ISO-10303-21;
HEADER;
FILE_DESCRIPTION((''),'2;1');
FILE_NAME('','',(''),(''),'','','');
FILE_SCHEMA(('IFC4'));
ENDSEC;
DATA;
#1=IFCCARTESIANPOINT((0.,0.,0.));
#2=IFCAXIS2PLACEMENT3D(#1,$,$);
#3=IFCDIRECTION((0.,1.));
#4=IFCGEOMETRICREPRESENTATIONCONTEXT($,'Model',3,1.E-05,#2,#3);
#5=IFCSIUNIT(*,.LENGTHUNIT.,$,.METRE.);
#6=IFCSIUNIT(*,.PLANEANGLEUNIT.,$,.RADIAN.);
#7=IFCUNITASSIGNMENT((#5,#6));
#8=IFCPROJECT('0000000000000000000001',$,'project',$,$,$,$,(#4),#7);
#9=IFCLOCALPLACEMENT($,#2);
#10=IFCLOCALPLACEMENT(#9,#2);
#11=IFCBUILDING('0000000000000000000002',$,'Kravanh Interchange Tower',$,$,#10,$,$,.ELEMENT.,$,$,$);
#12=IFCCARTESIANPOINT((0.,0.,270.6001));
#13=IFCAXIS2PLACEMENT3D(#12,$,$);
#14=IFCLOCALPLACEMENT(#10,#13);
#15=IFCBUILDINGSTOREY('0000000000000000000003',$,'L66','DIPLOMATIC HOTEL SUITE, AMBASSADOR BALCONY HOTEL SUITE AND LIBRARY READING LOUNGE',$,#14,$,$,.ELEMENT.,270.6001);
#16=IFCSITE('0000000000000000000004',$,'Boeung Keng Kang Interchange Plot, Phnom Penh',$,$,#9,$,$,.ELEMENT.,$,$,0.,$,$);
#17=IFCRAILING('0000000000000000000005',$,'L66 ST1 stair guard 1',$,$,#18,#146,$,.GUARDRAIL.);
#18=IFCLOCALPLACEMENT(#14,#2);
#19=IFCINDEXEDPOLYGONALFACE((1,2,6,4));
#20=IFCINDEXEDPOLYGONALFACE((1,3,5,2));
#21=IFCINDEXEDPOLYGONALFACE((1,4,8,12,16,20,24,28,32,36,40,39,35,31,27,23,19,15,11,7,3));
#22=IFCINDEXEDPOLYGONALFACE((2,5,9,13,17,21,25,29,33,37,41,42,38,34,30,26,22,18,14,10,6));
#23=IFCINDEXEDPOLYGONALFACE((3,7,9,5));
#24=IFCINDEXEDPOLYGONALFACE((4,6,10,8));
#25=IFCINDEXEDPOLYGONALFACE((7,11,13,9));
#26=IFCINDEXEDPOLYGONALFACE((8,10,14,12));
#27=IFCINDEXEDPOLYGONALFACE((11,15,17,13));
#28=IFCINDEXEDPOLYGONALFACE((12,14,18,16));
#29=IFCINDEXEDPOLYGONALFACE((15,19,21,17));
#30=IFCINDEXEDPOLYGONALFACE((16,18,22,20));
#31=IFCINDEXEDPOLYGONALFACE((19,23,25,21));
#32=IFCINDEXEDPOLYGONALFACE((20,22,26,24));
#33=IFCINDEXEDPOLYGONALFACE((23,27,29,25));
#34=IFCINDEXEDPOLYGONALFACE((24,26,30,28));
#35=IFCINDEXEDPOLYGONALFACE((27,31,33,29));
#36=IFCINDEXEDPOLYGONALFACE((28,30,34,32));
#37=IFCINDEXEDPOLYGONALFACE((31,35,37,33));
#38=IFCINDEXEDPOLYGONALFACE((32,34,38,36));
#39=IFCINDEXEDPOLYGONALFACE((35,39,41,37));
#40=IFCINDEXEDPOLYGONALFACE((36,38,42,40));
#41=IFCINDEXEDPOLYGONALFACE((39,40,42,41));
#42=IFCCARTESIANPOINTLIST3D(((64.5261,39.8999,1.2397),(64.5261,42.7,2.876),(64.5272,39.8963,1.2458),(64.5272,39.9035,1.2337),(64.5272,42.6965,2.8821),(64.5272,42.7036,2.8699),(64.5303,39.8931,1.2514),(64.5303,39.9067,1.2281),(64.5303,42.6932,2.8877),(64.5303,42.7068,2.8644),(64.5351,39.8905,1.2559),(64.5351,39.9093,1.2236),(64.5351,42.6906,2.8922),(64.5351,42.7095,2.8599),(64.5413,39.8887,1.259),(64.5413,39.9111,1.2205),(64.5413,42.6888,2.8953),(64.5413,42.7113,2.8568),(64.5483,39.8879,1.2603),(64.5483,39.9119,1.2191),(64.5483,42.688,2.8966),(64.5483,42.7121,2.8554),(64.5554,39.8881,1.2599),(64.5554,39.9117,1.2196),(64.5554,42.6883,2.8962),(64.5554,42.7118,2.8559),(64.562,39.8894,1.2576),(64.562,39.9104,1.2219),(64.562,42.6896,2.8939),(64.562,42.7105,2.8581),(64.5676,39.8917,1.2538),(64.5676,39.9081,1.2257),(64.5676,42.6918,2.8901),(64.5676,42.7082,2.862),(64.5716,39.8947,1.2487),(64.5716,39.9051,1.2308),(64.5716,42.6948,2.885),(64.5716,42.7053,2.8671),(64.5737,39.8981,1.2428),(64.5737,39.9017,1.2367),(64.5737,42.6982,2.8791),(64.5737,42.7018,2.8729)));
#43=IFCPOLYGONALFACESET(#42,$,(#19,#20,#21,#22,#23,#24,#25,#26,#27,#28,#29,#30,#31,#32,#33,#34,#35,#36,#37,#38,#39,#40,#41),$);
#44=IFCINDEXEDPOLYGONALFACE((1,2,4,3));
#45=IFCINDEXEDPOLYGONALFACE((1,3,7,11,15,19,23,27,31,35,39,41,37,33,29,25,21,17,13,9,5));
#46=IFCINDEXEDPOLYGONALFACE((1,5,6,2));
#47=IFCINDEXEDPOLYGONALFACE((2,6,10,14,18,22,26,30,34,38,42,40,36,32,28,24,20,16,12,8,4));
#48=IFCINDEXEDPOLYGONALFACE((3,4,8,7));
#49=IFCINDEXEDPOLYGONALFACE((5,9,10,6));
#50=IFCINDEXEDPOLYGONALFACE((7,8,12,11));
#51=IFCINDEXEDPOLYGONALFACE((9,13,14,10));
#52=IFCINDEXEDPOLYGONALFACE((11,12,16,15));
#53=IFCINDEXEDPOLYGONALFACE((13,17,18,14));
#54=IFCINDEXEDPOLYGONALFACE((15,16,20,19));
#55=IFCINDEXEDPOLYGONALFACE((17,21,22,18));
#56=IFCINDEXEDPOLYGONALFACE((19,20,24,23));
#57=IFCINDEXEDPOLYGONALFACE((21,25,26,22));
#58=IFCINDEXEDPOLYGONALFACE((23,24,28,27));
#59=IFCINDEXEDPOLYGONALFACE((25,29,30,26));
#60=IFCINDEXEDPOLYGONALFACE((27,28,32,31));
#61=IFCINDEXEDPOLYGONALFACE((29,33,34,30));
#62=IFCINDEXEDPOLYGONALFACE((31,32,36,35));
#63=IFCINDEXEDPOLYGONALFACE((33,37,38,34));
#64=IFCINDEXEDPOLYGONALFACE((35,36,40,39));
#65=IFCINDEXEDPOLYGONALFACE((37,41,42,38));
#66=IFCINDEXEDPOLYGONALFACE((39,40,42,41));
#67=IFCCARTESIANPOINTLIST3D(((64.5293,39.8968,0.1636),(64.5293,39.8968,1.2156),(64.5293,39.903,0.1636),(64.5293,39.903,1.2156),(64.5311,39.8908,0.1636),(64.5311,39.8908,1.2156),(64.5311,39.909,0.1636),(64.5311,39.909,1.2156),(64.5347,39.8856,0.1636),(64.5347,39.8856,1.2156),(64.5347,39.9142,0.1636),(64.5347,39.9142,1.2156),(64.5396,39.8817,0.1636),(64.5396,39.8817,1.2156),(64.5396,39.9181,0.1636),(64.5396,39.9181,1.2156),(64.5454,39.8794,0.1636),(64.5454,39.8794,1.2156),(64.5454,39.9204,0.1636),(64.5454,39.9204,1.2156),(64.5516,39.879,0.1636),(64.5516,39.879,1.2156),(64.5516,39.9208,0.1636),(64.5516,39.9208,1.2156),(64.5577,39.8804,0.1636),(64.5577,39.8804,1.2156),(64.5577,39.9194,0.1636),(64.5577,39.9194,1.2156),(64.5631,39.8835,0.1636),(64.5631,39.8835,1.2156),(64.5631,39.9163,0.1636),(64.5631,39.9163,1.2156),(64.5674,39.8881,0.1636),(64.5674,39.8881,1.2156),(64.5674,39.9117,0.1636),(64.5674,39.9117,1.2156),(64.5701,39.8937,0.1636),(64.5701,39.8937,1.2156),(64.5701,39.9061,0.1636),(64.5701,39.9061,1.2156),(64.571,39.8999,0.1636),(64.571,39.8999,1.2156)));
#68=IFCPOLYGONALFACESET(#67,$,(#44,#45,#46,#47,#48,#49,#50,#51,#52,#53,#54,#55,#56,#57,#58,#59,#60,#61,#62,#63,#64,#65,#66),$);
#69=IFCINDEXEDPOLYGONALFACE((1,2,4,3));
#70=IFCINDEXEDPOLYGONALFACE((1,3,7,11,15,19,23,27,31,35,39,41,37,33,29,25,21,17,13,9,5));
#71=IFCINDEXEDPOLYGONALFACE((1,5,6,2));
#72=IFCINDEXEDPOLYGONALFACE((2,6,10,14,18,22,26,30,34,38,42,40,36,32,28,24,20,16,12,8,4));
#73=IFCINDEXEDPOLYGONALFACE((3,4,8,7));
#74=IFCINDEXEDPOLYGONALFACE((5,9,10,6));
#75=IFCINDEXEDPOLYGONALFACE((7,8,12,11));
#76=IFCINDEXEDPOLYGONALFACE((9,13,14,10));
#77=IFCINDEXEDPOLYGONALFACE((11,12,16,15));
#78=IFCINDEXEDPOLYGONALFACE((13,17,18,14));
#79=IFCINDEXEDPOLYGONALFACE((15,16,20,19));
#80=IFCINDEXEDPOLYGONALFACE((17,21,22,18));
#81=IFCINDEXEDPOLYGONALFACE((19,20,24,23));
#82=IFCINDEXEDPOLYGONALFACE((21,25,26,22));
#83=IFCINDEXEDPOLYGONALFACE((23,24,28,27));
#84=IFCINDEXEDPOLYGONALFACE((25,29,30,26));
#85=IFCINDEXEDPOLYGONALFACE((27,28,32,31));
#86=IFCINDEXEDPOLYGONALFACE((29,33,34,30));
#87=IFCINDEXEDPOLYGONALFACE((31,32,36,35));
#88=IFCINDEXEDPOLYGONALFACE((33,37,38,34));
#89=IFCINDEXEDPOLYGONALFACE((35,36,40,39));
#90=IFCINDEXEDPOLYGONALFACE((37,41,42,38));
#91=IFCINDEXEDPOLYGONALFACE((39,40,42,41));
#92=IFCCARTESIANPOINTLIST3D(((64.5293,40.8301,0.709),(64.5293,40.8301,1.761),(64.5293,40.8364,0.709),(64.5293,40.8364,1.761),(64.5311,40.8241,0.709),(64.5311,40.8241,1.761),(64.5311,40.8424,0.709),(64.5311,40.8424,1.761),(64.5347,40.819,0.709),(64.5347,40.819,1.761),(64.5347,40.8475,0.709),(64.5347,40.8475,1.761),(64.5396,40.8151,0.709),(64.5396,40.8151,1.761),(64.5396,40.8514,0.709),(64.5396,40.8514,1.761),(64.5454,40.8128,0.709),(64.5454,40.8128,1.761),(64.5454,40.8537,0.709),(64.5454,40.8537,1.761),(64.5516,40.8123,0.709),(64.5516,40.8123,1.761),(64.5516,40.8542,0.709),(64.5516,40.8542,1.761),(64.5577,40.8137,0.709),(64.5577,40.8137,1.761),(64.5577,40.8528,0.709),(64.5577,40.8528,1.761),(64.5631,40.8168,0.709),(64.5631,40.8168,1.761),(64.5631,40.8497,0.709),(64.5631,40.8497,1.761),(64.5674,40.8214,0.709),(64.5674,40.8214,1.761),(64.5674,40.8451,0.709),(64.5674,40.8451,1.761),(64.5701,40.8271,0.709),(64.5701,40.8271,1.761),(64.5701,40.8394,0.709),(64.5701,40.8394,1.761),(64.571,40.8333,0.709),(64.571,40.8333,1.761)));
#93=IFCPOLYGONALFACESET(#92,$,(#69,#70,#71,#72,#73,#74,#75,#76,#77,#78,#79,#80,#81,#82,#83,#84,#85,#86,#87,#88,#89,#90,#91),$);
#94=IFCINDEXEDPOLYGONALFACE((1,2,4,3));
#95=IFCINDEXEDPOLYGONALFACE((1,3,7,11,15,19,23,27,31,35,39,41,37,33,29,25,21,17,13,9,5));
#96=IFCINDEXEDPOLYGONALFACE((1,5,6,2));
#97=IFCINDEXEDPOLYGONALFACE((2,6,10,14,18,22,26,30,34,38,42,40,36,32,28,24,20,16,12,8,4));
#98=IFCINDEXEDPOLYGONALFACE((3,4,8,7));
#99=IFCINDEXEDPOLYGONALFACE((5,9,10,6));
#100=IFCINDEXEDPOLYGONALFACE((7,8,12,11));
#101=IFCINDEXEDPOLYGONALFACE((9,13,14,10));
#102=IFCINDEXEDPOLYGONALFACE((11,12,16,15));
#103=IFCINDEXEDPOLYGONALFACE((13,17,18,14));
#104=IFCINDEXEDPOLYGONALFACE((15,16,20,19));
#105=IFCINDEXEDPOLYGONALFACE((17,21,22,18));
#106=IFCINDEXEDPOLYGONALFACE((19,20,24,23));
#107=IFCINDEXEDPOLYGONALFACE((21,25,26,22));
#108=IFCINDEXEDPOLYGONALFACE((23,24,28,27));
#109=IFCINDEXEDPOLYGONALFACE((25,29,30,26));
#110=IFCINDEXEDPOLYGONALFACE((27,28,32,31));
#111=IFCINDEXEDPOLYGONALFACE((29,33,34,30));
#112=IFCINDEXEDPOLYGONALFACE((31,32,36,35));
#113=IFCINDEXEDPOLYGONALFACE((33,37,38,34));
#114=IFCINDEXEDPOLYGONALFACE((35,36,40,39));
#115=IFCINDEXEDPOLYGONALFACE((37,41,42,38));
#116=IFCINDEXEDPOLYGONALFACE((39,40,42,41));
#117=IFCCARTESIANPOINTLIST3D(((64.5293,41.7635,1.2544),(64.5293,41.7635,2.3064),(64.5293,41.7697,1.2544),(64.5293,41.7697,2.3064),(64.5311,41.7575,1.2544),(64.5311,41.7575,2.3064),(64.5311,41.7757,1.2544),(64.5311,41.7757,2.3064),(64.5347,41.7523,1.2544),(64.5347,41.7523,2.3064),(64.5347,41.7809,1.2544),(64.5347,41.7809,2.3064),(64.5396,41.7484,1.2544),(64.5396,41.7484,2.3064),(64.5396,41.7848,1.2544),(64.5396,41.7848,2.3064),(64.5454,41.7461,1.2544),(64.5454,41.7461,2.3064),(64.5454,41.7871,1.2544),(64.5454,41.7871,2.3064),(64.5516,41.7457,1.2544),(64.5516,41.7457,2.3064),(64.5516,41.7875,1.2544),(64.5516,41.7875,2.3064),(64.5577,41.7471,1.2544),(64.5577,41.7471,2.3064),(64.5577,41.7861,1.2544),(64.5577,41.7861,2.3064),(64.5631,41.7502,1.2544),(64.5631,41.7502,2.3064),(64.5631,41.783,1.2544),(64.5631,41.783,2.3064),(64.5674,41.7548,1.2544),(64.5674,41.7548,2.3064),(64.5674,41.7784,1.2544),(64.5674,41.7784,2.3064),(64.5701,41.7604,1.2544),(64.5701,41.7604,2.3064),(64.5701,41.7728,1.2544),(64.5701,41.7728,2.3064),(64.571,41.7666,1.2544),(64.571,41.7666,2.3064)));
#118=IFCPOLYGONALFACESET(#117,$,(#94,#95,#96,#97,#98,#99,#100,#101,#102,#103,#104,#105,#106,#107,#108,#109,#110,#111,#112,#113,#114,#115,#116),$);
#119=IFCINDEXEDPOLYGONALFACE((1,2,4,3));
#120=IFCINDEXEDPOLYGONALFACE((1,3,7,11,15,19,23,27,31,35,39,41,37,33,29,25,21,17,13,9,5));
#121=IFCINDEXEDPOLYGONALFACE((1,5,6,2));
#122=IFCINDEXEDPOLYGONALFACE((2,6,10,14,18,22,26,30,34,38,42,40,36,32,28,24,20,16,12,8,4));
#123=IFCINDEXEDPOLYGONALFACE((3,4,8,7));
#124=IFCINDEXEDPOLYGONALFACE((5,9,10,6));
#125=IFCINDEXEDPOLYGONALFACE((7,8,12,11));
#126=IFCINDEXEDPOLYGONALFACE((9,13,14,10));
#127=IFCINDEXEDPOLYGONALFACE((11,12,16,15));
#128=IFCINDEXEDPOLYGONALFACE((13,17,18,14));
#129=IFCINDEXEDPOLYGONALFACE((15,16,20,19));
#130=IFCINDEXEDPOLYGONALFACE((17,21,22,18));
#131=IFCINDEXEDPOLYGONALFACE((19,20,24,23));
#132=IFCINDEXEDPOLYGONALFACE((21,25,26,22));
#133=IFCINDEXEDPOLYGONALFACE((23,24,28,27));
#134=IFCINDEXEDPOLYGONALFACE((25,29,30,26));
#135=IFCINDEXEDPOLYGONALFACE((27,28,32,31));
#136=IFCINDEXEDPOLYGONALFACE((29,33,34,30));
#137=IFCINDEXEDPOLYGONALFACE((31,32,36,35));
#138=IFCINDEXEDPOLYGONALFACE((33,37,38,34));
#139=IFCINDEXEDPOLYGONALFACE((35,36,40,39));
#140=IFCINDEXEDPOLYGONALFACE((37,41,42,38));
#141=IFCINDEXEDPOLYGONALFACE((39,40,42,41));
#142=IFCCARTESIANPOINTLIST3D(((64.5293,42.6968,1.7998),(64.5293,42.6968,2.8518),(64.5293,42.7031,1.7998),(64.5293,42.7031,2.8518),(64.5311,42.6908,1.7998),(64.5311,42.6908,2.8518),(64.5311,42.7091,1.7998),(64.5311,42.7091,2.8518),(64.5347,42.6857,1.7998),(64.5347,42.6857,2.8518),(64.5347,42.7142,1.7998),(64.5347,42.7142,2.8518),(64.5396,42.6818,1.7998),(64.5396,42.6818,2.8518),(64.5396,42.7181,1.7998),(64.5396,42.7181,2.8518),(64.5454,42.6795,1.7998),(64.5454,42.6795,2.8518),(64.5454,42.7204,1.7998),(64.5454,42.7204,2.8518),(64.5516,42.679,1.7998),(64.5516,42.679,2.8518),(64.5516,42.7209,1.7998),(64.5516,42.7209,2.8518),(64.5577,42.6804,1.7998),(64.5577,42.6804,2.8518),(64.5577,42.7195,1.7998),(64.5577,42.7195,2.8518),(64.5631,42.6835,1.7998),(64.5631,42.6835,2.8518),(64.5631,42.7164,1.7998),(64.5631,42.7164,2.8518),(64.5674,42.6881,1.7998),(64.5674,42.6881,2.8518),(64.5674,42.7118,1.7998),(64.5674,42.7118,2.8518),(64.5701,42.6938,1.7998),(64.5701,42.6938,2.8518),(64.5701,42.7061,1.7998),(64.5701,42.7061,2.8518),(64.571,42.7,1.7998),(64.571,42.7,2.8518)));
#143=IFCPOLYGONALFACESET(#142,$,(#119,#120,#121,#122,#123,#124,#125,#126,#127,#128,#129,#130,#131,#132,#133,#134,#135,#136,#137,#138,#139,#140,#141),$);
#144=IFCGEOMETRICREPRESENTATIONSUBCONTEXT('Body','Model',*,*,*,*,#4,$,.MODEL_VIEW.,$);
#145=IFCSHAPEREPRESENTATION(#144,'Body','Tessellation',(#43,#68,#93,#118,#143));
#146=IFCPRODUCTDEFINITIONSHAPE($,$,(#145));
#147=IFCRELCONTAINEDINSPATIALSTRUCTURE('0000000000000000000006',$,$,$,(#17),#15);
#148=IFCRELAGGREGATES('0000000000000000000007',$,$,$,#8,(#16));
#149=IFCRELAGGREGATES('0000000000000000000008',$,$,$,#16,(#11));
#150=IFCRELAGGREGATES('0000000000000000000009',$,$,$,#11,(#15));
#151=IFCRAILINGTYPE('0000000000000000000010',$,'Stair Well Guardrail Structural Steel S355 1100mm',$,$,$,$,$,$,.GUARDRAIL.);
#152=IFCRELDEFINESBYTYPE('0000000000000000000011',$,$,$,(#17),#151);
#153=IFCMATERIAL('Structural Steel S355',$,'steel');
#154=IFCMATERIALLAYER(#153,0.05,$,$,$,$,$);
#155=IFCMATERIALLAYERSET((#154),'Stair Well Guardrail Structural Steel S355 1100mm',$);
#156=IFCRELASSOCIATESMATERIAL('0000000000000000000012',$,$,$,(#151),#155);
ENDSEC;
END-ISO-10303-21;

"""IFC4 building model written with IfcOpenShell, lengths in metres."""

from ifc_helpers import new_model, si_unit, direction, frame, origin, origin_2d, place, context, subcontext, project, spatial, circle, extrude, material, layer, layer_set, type_object, element, save


model = new_model("IFC4")

# Units and contexts
model_context = context("Model", 3, precision=1e-05, world=origin(), true_north=direction((0.0, 1.0)))
body_context = subcontext(model_context, "Body", "Model", "MODEL_VIEW")
ifc_project = project(units=[si_unit("LENGTHUNIT", "METRE"), si_unit("PLANEANGLEUNIT", "RADIAN")], contexts=[model_context])

# Site, building, storey
site_placement = place(None, origin())
site = spatial("IfcSite", under=ifc_project, at=site_placement, Name="Boeung Keng Kang Interchange Plot, Phnom Penh", CompositionType="ELEMENT", RefElevation=0.0)
building_placement = place(site_placement, origin())
building = spatial("IfcBuilding", under=site, at=building_placement, Name="Kravanh Interchange Tower", CompositionType="ELEMENT")
storey_placement = place(building_placement, frame((0.0, 0.0, 270.6001)))
storey = spatial("IfcBuildingStorey", under=building, at=storey_placement, Name="L66", Description="DIPLOMATIC HOTEL SUITE, AMBASSADOR BALCONY HOTEL SUITE AND LIBRARY READING LOUNGE", CompositionType="ELEMENT", Elevation=270.6001)

# Railing
ifc_material_1 = material(Name="Structural Steel S355", Category="steel")
ifc_layer_1 = layer(ifc_material_1, 0.05)
ifc_layer_set_1 = layer_set([ifc_layer_1], Name="Stair Well Guardrail Structural Steel S355 1100mm")
railing_type_1 = type_object("IfcRailingType", Name="Stair Well Guardrail Structural Steel S355 1100mm", PredefinedType="GUARDRAIL", material=ifc_layer_set_1)
railing_1_placement = place(storey_placement, frame((64.55, 39.8999, 0.1636)))
element("IfcRailing", 1, at=railing_1_placement, inside=storey, type_object=railing_type_1, Name="L66 ST1 stair guard 1", PredefinedType="GUARDRAIL", context=body_context, shape_type="SweptSolid", body=[
    extrude(circle(Radius=0.0239, at=origin_2d()), frame((0.0, 0.0, 1.0762), z_axis=(0.0, 0.863394, 0.504531), x_axis=(-1.0, 0.0, 0.0)), (0.0, 0.0, 1.0), 3.2432),
    extrude(circle(Radius=0.021, at=origin_2d()), origin(), (0.0, 0.0, 1.0), 1.052),
    extrude(circle(Radius=0.021, at=origin_2d()), frame((0.0, 0.9333, 0.5454)), (0.0, 0.0, 1.0), 1.052),
    extrude(circle(Radius=0.021, at=origin_2d()), frame((0.0, 1.8667, 1.0908)), (0.0, 0.0, 1.0), 1.052),
    extrude(circle(Radius=0.021, at=origin_2d()), frame((0.0, 2.8, 1.6362)), (0.0, 0.0, 1.0), 1.052),
])

save(model, "model.ifc")
